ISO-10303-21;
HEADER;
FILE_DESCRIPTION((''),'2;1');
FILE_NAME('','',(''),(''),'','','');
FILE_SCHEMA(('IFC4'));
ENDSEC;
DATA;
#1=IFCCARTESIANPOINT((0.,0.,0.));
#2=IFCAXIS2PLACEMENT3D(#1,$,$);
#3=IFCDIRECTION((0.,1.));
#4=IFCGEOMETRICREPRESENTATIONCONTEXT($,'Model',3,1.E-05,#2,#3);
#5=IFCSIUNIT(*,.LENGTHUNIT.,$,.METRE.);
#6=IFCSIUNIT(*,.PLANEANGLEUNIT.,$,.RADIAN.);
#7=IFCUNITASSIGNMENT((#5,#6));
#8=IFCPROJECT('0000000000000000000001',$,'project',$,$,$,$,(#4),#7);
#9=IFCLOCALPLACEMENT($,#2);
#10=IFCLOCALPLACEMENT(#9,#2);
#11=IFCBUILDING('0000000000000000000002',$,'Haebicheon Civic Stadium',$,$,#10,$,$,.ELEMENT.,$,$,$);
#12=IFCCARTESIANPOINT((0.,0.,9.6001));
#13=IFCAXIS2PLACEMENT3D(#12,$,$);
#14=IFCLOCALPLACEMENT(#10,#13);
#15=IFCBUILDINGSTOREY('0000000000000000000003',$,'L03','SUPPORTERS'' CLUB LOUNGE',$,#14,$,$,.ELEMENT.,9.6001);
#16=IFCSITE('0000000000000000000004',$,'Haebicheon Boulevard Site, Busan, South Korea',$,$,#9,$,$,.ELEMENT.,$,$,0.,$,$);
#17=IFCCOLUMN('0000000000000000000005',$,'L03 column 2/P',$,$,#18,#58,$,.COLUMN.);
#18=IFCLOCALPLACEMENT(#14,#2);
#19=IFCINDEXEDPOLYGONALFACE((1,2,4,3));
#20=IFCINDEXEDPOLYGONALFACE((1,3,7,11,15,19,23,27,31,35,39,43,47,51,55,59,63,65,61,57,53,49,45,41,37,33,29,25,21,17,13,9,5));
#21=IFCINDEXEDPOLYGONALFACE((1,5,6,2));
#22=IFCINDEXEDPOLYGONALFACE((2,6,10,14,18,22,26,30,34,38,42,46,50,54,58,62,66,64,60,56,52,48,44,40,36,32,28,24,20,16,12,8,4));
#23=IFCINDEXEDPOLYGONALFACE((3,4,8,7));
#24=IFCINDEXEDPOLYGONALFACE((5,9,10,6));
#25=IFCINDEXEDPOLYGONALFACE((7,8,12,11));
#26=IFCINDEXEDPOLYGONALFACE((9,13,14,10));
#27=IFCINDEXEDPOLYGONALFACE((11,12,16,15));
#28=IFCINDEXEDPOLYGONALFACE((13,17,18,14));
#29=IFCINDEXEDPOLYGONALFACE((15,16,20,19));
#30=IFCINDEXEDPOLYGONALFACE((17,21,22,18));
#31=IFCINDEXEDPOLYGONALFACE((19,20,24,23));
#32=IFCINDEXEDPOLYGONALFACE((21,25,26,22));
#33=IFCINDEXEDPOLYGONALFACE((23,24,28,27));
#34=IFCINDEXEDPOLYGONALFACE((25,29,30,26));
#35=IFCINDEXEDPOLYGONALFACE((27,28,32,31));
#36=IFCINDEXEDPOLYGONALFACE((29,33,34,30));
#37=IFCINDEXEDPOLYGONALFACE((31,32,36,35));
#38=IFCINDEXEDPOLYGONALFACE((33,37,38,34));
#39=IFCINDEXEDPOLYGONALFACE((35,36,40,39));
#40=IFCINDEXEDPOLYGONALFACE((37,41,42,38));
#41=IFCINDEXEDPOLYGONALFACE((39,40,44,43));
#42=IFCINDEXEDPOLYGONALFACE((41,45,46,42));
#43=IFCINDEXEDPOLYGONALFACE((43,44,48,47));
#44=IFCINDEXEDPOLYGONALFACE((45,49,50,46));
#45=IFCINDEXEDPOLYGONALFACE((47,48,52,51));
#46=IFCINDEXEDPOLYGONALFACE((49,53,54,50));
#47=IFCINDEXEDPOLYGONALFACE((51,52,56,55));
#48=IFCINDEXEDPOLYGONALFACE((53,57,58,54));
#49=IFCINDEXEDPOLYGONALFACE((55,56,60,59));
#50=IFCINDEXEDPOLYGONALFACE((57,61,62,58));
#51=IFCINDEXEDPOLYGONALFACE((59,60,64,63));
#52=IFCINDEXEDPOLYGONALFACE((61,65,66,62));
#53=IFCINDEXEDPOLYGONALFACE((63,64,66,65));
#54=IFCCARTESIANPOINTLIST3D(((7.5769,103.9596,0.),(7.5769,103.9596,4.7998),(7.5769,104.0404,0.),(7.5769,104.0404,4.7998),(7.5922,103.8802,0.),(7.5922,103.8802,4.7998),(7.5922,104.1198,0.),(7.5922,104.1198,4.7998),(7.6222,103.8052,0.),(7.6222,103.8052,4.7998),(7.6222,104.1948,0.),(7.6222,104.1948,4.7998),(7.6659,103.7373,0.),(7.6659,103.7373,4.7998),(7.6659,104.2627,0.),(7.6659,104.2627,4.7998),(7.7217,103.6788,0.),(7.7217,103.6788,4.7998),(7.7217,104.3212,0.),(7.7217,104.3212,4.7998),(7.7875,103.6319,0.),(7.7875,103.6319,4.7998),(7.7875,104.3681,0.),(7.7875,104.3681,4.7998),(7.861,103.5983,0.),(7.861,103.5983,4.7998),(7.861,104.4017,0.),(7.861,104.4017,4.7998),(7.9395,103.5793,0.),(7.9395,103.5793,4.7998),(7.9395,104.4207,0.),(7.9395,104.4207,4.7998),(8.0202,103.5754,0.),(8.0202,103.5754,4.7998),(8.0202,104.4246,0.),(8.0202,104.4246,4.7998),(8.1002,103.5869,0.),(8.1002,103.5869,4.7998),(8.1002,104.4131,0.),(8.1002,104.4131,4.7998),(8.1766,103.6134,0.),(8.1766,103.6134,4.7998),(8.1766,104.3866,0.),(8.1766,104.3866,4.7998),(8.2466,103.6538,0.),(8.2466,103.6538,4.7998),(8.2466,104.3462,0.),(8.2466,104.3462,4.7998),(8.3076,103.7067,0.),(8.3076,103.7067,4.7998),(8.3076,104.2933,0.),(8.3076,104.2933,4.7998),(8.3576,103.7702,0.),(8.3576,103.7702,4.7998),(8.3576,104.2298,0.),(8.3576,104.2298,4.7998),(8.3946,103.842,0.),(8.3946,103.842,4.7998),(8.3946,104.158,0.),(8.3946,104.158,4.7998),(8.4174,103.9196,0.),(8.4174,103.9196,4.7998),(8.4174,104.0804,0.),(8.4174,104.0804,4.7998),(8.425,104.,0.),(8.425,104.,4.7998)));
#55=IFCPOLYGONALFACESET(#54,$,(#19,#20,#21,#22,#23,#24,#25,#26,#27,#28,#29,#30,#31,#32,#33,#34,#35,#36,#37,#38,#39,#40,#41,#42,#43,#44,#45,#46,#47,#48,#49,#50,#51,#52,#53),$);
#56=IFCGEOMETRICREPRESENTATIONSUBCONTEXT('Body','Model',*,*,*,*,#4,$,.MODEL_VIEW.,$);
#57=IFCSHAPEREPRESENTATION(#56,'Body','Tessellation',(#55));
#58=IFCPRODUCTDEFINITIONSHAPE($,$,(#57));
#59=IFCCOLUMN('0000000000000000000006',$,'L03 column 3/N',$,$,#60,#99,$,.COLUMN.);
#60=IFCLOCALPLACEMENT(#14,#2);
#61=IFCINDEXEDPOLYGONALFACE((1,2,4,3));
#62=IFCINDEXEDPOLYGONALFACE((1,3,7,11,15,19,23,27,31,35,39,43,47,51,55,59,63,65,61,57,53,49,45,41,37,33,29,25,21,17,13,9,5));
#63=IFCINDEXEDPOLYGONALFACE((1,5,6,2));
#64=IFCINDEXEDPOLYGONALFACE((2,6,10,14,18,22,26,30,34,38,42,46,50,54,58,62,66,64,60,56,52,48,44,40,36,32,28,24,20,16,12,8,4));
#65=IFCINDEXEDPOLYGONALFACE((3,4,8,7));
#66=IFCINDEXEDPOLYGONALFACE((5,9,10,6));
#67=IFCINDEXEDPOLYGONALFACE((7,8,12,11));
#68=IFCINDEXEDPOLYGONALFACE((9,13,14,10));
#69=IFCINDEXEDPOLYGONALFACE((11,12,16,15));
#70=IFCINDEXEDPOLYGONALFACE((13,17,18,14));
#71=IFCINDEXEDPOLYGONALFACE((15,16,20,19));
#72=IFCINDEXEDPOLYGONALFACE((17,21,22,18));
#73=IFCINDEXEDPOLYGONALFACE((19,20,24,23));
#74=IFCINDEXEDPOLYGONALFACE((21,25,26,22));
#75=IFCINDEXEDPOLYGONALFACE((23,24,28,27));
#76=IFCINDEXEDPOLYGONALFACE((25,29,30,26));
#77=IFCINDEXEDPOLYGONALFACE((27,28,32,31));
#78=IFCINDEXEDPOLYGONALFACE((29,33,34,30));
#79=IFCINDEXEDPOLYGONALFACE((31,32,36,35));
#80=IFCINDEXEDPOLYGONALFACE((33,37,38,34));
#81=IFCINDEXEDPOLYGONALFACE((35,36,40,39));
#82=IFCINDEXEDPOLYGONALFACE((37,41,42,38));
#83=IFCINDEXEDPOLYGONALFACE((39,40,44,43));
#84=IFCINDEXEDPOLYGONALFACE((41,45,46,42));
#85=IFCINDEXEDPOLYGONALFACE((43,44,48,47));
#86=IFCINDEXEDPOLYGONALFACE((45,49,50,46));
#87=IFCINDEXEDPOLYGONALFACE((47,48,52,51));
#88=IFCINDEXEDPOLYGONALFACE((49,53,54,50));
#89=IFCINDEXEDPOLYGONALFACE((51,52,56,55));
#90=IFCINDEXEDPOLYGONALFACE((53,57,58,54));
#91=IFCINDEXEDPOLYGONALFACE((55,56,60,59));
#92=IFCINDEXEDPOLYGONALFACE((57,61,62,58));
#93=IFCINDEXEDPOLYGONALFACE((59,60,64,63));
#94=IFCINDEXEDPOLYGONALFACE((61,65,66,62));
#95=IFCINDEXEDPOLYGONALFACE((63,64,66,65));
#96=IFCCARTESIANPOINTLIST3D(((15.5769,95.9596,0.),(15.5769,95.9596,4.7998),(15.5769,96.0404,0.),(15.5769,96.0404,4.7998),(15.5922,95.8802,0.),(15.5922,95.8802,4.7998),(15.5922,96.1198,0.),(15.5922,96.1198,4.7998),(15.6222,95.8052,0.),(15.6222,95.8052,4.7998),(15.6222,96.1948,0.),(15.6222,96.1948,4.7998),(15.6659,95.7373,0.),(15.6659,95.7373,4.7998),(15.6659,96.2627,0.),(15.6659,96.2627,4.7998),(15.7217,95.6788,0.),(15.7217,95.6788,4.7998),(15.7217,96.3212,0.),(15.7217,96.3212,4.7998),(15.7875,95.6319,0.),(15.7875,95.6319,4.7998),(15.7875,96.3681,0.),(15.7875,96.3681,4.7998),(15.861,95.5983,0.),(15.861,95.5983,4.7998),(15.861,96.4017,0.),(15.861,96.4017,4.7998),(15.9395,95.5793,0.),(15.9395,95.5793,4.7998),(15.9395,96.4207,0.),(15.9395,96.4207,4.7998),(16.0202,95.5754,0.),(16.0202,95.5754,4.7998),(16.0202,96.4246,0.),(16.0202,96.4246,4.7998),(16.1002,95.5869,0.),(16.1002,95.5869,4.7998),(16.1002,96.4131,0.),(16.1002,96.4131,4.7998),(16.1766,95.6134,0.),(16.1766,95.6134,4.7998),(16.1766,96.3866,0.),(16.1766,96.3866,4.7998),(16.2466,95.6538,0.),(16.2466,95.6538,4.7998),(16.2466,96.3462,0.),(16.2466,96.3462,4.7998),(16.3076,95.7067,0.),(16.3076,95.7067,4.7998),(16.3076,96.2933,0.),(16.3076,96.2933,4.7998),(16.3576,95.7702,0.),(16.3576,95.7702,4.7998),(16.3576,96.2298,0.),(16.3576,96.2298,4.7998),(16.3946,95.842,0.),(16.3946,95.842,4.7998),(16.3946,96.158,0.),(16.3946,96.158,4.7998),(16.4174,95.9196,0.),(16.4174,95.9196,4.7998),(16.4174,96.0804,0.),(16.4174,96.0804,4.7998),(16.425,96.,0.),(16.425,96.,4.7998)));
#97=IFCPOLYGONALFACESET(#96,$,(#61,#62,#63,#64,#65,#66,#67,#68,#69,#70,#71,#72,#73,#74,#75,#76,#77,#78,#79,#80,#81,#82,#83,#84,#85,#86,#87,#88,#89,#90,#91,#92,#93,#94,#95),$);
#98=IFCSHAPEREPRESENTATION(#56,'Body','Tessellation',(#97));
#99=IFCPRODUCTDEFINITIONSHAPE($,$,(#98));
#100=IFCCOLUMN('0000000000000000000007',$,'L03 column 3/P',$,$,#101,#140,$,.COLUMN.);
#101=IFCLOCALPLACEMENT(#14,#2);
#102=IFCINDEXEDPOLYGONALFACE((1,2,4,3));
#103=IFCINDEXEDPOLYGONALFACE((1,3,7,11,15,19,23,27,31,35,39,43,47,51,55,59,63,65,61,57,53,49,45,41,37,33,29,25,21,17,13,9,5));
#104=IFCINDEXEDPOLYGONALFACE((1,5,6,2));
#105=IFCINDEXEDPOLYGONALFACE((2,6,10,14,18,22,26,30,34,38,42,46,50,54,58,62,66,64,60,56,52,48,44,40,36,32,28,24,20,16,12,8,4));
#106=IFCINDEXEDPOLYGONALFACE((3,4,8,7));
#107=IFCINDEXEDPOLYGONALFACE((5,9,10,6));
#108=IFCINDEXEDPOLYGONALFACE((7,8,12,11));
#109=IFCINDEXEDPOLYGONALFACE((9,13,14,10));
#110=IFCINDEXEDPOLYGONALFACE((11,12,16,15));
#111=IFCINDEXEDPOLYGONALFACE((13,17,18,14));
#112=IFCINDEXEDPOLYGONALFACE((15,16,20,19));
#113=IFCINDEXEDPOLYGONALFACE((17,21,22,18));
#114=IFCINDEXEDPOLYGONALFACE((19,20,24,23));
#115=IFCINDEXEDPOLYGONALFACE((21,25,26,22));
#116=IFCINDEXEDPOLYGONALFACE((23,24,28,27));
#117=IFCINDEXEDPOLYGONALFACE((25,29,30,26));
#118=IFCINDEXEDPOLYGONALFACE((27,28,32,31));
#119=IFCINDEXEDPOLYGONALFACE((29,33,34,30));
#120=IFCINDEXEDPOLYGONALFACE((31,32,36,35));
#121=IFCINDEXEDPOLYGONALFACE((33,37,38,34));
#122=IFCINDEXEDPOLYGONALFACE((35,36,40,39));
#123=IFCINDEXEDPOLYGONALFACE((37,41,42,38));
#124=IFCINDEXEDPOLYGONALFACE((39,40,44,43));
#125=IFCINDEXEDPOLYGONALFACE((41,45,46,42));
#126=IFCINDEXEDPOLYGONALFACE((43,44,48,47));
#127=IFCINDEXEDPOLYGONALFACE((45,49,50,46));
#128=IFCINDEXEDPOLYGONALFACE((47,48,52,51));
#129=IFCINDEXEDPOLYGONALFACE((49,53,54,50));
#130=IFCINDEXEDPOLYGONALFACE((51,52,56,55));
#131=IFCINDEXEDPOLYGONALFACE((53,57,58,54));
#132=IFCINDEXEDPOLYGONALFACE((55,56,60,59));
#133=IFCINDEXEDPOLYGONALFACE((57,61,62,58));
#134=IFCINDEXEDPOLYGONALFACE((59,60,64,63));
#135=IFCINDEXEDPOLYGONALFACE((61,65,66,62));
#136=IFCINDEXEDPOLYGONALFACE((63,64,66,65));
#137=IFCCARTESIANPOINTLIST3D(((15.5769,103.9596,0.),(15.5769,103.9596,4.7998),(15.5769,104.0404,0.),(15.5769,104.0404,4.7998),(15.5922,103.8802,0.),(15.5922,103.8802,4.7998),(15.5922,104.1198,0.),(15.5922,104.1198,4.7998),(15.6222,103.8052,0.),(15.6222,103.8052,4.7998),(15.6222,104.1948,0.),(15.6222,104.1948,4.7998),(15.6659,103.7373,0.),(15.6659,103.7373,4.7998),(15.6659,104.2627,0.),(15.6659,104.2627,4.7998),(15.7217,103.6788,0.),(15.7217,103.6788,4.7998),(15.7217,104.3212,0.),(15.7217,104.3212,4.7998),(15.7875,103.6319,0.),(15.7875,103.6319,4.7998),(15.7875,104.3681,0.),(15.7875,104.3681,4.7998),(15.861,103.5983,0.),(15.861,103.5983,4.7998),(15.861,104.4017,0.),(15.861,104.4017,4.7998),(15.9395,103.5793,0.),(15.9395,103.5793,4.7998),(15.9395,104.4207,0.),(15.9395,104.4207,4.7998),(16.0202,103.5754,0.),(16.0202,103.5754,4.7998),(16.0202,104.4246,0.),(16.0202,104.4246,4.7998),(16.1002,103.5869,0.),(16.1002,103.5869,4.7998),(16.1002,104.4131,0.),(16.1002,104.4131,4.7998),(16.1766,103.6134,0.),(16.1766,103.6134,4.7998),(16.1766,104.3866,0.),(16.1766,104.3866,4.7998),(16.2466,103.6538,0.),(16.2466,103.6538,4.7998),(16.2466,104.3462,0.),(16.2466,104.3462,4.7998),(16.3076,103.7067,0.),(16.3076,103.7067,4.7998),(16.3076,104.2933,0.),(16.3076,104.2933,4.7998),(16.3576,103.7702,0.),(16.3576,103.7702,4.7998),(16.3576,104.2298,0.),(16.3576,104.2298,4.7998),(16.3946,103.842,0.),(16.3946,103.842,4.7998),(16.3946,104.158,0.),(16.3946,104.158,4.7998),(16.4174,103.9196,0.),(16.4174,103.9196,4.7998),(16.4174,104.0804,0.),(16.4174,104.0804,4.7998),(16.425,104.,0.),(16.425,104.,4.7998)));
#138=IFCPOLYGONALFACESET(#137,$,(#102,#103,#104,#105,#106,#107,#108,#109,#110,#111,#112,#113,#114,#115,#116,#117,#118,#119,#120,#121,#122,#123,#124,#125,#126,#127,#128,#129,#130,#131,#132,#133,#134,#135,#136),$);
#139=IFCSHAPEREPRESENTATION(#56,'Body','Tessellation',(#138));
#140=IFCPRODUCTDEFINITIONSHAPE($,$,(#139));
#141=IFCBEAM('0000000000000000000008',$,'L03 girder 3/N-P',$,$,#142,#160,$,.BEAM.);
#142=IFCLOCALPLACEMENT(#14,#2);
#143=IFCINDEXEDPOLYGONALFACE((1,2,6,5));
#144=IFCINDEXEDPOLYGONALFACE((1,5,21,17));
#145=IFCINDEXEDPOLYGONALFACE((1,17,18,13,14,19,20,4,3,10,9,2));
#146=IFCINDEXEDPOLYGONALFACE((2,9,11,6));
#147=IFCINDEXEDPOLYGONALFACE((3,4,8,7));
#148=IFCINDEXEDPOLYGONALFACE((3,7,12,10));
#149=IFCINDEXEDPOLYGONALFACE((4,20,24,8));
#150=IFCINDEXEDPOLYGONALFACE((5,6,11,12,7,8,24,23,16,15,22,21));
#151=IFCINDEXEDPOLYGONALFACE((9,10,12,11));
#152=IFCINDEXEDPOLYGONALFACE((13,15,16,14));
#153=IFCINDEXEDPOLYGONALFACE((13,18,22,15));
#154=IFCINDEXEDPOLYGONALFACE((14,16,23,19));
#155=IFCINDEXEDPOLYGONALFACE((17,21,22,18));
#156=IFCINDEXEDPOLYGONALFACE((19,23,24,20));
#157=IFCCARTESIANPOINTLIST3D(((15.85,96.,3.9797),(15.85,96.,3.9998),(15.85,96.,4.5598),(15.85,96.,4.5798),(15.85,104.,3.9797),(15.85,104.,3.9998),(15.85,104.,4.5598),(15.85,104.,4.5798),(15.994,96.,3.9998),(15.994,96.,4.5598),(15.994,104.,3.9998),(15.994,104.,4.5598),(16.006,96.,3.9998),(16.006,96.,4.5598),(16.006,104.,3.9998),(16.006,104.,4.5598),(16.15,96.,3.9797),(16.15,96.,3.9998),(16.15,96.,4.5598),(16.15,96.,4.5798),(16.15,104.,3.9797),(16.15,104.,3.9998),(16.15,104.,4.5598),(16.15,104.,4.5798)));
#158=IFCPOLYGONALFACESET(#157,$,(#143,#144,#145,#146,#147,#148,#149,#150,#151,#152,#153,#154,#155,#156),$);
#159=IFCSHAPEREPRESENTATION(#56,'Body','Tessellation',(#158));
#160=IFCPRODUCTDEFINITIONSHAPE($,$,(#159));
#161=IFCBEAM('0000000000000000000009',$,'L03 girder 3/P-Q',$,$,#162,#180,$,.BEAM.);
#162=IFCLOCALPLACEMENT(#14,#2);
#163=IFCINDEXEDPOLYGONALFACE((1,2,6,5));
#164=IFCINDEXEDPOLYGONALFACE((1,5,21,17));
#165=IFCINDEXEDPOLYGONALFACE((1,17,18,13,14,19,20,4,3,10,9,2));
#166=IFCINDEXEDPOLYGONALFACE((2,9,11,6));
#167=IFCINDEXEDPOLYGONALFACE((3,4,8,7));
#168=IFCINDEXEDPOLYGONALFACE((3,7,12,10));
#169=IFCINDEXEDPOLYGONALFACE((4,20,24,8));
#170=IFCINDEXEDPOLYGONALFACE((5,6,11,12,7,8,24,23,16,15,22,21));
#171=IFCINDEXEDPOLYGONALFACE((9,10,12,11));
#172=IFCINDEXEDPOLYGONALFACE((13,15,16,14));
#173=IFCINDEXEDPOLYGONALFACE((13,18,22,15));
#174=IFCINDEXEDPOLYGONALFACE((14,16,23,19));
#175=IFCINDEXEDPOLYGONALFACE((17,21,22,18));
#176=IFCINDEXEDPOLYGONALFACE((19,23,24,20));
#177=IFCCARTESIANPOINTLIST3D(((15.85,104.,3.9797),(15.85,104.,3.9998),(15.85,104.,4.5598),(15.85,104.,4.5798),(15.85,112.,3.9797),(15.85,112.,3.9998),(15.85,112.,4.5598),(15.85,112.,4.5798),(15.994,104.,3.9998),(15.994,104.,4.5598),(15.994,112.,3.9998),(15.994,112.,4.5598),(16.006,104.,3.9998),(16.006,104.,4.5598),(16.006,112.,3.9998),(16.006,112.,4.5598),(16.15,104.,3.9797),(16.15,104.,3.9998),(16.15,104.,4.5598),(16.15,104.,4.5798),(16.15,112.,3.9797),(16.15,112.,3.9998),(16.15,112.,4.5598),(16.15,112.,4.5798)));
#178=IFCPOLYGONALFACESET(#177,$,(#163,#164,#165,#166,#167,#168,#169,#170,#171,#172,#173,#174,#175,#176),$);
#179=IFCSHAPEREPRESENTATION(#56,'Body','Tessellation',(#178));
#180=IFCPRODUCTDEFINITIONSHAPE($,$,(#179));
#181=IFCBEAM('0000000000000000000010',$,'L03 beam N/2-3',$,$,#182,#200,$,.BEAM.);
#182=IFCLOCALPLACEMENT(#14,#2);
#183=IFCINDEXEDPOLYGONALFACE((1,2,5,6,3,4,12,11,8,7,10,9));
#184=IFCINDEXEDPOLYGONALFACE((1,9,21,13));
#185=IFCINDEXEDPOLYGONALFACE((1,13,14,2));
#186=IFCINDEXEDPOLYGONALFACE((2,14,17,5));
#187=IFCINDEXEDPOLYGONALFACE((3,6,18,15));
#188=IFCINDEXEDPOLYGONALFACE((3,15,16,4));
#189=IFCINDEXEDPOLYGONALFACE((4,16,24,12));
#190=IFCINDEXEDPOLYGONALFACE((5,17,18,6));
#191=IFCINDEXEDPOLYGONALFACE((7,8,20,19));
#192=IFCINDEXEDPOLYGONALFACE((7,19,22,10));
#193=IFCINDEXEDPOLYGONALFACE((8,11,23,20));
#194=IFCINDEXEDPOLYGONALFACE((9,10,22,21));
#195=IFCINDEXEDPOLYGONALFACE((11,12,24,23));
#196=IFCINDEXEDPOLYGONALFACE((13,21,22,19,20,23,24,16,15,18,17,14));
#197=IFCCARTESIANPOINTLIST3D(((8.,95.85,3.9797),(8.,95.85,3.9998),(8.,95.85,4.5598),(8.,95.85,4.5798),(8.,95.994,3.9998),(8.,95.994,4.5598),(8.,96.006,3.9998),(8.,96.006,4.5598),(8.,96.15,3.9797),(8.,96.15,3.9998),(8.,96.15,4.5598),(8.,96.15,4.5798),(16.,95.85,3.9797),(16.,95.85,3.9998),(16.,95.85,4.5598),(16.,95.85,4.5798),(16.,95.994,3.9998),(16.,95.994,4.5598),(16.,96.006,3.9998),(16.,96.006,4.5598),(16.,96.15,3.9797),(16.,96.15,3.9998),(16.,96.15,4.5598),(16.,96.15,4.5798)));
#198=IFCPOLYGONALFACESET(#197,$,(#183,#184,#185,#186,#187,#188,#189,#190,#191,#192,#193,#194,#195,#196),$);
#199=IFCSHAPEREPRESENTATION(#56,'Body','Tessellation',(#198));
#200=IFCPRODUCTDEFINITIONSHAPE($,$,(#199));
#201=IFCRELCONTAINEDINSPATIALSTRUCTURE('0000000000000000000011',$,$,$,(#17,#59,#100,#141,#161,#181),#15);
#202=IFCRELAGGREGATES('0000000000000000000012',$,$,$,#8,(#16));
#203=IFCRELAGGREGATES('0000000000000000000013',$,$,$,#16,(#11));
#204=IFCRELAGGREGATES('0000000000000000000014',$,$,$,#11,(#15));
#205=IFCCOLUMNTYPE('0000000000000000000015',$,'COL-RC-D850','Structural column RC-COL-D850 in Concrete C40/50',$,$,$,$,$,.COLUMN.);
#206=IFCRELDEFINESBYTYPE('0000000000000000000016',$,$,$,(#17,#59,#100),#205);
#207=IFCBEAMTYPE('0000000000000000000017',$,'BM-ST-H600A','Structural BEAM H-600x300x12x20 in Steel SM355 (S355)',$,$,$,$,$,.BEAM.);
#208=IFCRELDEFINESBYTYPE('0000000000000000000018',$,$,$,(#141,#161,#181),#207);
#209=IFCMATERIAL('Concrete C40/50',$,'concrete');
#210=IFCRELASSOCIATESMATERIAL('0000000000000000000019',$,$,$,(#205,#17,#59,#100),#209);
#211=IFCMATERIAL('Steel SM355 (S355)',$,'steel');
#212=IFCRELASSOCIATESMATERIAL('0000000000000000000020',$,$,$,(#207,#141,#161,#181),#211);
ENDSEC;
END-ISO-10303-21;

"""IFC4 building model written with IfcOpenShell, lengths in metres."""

from ifc_helpers import new_model, si_unit, direction, frame, origin, origin_2d, place, context, subcontext, project, spatial, circle, i_section, extrude, material, material_profile, profile_set, type_object, element, save


model = new_model("IFC4")

# Units and contexts
model_context = context("Model", 3, precision=1e-05, world=origin(), true_north=direction((0.0, 1.0)))
body_context = subcontext(model_context, "Body", "Model", "MODEL_VIEW")
ifc_project = project(units=[si_unit("LENGTHUNIT", "METRE"), si_unit("PLANEANGLEUNIT", "RADIAN")], contexts=[model_context])

# Site, building, storey
site_placement = place(None, origin())
site = spatial("IfcSite", under=ifc_project, at=site_placement, Name="Haebicheon Boulevard Site, Busan, South Korea", CompositionType="ELEMENT", RefElevation=0.0)
building_placement = place(site_placement, origin())
building = spatial("IfcBuilding", under=site, at=building_placement, Name="Haebicheon Civic Stadium", CompositionType="ELEMENT")
storey_placement = place(building_placement, frame((0.0, 0.0, 9.6001)))
storey = spatial("IfcBuildingStorey", under=building, at=storey_placement, Name="L03", Description="SUPPORTERS' CLUB LOUNGE", CompositionType="ELEMENT", Elevation=9.6001)

# Columns
ifc_material_1 = material(Name="Concrete C40/50", Category="concrete")
ifc_material_profile_1 = material_profile(ifc_material_1, circle(Radius=0.425, at=origin_2d()), Name="RC-COL-D850")
ifc_profile_set_1 = profile_set([ifc_material_profile_1], Name="Concrete C40/50")
column_type = type_object("IfcColumnType", Name="COL-RC-D850", Description="Structural column RC-COL-D850 in Concrete C40/50", PredefinedType="COLUMN", material=ifc_profile_set_1)
for number, where, z_axis, x_axis, name in (
    (1, (8.0, 104.0, 0.0), (0.0, 0.0, 1.0), (1.0, 0.0, 0.0), "L03 column 2/P"),
    (2, (16.0, 96.0, 0.0), (0.0, 0.0, 1.0), (1.0, 0.0, 0.0), "L03 column 3/N"),
    (3, (16.0, 104.0, 0.0), (0.0, 0.0, 1.0), (1.0, 0.0, 0.0), "L03 column 3/P"),
):
    element("IfcColumn", number, at=place(storey_placement, frame(where, z_axis=z_axis, x_axis=x_axis)), inside=storey, type_object=column_type, material=ifc_profile_set_1, Name=name, PredefinedType="COLUMN", context=body_context, shape_type="SweptSolid", body=[
        extrude(circle(Radius=0.425, at=origin_2d()), origin(), (0.0, 0.0, 1.0), 4.7998),
    ])

# Beams
ifc_material_2 = material(Name="Steel SM355 (S355)", Category="steel")
ifc_material_profile_2 = material_profile(ifc_material_2, i_section(OverallWidth=0.3, OverallDepth=0.6001, WebThickness=0.012, FlangeThickness=0.02, at=origin_2d()), Name="H-600x300x12x20")
ifc_profile_set_2 = profile_set([ifc_material_profile_2], Name="Steel SM355 (S355)")
beam_type_1 = type_object("IfcBeamType", Name="BM-ST-H600A", Description="Structural BEAM H-600x300x12x20 in Steel SM355 (S355)", PredefinedType="BEAM", material=ifc_profile_set_2)
for number, where, z_axis, x_axis, name in (
    (4, (16.0, 96.0, 4.2798), (0.0, 1.0, 0.0), (-1.0, 0.0, 0.0), "L03 girder 3/N-P"),
    (5, (16.0, 104.0, 4.2798), (0.0, 1.0, 0.0), (-1.0, 0.0, 0.0), "L03 girder 3/P-Q"),
    (6, (8.0, 96.0, 4.2798), (1.0, 0.0, 0.0), (0.0, 1.0, 0.0), "L03 beam N/2-3"),
):
    element("IfcBeam", number, at=place(storey_placement, frame(where, z_axis=z_axis, x_axis=x_axis)), inside=storey, type_object=beam_type_1, material=ifc_profile_set_2, Name=name, PredefinedType="BEAM", context=body_context, shape_type="SweptSolid", body=[
        extrude(i_section(OverallWidth=0.3, OverallDepth=0.6001, WebThickness=0.012, FlangeThickness=0.02, at=origin_2d()), origin(), (0.0, 0.0, 1.0), 8.0),
    ])

save(model, "model.ifc")
